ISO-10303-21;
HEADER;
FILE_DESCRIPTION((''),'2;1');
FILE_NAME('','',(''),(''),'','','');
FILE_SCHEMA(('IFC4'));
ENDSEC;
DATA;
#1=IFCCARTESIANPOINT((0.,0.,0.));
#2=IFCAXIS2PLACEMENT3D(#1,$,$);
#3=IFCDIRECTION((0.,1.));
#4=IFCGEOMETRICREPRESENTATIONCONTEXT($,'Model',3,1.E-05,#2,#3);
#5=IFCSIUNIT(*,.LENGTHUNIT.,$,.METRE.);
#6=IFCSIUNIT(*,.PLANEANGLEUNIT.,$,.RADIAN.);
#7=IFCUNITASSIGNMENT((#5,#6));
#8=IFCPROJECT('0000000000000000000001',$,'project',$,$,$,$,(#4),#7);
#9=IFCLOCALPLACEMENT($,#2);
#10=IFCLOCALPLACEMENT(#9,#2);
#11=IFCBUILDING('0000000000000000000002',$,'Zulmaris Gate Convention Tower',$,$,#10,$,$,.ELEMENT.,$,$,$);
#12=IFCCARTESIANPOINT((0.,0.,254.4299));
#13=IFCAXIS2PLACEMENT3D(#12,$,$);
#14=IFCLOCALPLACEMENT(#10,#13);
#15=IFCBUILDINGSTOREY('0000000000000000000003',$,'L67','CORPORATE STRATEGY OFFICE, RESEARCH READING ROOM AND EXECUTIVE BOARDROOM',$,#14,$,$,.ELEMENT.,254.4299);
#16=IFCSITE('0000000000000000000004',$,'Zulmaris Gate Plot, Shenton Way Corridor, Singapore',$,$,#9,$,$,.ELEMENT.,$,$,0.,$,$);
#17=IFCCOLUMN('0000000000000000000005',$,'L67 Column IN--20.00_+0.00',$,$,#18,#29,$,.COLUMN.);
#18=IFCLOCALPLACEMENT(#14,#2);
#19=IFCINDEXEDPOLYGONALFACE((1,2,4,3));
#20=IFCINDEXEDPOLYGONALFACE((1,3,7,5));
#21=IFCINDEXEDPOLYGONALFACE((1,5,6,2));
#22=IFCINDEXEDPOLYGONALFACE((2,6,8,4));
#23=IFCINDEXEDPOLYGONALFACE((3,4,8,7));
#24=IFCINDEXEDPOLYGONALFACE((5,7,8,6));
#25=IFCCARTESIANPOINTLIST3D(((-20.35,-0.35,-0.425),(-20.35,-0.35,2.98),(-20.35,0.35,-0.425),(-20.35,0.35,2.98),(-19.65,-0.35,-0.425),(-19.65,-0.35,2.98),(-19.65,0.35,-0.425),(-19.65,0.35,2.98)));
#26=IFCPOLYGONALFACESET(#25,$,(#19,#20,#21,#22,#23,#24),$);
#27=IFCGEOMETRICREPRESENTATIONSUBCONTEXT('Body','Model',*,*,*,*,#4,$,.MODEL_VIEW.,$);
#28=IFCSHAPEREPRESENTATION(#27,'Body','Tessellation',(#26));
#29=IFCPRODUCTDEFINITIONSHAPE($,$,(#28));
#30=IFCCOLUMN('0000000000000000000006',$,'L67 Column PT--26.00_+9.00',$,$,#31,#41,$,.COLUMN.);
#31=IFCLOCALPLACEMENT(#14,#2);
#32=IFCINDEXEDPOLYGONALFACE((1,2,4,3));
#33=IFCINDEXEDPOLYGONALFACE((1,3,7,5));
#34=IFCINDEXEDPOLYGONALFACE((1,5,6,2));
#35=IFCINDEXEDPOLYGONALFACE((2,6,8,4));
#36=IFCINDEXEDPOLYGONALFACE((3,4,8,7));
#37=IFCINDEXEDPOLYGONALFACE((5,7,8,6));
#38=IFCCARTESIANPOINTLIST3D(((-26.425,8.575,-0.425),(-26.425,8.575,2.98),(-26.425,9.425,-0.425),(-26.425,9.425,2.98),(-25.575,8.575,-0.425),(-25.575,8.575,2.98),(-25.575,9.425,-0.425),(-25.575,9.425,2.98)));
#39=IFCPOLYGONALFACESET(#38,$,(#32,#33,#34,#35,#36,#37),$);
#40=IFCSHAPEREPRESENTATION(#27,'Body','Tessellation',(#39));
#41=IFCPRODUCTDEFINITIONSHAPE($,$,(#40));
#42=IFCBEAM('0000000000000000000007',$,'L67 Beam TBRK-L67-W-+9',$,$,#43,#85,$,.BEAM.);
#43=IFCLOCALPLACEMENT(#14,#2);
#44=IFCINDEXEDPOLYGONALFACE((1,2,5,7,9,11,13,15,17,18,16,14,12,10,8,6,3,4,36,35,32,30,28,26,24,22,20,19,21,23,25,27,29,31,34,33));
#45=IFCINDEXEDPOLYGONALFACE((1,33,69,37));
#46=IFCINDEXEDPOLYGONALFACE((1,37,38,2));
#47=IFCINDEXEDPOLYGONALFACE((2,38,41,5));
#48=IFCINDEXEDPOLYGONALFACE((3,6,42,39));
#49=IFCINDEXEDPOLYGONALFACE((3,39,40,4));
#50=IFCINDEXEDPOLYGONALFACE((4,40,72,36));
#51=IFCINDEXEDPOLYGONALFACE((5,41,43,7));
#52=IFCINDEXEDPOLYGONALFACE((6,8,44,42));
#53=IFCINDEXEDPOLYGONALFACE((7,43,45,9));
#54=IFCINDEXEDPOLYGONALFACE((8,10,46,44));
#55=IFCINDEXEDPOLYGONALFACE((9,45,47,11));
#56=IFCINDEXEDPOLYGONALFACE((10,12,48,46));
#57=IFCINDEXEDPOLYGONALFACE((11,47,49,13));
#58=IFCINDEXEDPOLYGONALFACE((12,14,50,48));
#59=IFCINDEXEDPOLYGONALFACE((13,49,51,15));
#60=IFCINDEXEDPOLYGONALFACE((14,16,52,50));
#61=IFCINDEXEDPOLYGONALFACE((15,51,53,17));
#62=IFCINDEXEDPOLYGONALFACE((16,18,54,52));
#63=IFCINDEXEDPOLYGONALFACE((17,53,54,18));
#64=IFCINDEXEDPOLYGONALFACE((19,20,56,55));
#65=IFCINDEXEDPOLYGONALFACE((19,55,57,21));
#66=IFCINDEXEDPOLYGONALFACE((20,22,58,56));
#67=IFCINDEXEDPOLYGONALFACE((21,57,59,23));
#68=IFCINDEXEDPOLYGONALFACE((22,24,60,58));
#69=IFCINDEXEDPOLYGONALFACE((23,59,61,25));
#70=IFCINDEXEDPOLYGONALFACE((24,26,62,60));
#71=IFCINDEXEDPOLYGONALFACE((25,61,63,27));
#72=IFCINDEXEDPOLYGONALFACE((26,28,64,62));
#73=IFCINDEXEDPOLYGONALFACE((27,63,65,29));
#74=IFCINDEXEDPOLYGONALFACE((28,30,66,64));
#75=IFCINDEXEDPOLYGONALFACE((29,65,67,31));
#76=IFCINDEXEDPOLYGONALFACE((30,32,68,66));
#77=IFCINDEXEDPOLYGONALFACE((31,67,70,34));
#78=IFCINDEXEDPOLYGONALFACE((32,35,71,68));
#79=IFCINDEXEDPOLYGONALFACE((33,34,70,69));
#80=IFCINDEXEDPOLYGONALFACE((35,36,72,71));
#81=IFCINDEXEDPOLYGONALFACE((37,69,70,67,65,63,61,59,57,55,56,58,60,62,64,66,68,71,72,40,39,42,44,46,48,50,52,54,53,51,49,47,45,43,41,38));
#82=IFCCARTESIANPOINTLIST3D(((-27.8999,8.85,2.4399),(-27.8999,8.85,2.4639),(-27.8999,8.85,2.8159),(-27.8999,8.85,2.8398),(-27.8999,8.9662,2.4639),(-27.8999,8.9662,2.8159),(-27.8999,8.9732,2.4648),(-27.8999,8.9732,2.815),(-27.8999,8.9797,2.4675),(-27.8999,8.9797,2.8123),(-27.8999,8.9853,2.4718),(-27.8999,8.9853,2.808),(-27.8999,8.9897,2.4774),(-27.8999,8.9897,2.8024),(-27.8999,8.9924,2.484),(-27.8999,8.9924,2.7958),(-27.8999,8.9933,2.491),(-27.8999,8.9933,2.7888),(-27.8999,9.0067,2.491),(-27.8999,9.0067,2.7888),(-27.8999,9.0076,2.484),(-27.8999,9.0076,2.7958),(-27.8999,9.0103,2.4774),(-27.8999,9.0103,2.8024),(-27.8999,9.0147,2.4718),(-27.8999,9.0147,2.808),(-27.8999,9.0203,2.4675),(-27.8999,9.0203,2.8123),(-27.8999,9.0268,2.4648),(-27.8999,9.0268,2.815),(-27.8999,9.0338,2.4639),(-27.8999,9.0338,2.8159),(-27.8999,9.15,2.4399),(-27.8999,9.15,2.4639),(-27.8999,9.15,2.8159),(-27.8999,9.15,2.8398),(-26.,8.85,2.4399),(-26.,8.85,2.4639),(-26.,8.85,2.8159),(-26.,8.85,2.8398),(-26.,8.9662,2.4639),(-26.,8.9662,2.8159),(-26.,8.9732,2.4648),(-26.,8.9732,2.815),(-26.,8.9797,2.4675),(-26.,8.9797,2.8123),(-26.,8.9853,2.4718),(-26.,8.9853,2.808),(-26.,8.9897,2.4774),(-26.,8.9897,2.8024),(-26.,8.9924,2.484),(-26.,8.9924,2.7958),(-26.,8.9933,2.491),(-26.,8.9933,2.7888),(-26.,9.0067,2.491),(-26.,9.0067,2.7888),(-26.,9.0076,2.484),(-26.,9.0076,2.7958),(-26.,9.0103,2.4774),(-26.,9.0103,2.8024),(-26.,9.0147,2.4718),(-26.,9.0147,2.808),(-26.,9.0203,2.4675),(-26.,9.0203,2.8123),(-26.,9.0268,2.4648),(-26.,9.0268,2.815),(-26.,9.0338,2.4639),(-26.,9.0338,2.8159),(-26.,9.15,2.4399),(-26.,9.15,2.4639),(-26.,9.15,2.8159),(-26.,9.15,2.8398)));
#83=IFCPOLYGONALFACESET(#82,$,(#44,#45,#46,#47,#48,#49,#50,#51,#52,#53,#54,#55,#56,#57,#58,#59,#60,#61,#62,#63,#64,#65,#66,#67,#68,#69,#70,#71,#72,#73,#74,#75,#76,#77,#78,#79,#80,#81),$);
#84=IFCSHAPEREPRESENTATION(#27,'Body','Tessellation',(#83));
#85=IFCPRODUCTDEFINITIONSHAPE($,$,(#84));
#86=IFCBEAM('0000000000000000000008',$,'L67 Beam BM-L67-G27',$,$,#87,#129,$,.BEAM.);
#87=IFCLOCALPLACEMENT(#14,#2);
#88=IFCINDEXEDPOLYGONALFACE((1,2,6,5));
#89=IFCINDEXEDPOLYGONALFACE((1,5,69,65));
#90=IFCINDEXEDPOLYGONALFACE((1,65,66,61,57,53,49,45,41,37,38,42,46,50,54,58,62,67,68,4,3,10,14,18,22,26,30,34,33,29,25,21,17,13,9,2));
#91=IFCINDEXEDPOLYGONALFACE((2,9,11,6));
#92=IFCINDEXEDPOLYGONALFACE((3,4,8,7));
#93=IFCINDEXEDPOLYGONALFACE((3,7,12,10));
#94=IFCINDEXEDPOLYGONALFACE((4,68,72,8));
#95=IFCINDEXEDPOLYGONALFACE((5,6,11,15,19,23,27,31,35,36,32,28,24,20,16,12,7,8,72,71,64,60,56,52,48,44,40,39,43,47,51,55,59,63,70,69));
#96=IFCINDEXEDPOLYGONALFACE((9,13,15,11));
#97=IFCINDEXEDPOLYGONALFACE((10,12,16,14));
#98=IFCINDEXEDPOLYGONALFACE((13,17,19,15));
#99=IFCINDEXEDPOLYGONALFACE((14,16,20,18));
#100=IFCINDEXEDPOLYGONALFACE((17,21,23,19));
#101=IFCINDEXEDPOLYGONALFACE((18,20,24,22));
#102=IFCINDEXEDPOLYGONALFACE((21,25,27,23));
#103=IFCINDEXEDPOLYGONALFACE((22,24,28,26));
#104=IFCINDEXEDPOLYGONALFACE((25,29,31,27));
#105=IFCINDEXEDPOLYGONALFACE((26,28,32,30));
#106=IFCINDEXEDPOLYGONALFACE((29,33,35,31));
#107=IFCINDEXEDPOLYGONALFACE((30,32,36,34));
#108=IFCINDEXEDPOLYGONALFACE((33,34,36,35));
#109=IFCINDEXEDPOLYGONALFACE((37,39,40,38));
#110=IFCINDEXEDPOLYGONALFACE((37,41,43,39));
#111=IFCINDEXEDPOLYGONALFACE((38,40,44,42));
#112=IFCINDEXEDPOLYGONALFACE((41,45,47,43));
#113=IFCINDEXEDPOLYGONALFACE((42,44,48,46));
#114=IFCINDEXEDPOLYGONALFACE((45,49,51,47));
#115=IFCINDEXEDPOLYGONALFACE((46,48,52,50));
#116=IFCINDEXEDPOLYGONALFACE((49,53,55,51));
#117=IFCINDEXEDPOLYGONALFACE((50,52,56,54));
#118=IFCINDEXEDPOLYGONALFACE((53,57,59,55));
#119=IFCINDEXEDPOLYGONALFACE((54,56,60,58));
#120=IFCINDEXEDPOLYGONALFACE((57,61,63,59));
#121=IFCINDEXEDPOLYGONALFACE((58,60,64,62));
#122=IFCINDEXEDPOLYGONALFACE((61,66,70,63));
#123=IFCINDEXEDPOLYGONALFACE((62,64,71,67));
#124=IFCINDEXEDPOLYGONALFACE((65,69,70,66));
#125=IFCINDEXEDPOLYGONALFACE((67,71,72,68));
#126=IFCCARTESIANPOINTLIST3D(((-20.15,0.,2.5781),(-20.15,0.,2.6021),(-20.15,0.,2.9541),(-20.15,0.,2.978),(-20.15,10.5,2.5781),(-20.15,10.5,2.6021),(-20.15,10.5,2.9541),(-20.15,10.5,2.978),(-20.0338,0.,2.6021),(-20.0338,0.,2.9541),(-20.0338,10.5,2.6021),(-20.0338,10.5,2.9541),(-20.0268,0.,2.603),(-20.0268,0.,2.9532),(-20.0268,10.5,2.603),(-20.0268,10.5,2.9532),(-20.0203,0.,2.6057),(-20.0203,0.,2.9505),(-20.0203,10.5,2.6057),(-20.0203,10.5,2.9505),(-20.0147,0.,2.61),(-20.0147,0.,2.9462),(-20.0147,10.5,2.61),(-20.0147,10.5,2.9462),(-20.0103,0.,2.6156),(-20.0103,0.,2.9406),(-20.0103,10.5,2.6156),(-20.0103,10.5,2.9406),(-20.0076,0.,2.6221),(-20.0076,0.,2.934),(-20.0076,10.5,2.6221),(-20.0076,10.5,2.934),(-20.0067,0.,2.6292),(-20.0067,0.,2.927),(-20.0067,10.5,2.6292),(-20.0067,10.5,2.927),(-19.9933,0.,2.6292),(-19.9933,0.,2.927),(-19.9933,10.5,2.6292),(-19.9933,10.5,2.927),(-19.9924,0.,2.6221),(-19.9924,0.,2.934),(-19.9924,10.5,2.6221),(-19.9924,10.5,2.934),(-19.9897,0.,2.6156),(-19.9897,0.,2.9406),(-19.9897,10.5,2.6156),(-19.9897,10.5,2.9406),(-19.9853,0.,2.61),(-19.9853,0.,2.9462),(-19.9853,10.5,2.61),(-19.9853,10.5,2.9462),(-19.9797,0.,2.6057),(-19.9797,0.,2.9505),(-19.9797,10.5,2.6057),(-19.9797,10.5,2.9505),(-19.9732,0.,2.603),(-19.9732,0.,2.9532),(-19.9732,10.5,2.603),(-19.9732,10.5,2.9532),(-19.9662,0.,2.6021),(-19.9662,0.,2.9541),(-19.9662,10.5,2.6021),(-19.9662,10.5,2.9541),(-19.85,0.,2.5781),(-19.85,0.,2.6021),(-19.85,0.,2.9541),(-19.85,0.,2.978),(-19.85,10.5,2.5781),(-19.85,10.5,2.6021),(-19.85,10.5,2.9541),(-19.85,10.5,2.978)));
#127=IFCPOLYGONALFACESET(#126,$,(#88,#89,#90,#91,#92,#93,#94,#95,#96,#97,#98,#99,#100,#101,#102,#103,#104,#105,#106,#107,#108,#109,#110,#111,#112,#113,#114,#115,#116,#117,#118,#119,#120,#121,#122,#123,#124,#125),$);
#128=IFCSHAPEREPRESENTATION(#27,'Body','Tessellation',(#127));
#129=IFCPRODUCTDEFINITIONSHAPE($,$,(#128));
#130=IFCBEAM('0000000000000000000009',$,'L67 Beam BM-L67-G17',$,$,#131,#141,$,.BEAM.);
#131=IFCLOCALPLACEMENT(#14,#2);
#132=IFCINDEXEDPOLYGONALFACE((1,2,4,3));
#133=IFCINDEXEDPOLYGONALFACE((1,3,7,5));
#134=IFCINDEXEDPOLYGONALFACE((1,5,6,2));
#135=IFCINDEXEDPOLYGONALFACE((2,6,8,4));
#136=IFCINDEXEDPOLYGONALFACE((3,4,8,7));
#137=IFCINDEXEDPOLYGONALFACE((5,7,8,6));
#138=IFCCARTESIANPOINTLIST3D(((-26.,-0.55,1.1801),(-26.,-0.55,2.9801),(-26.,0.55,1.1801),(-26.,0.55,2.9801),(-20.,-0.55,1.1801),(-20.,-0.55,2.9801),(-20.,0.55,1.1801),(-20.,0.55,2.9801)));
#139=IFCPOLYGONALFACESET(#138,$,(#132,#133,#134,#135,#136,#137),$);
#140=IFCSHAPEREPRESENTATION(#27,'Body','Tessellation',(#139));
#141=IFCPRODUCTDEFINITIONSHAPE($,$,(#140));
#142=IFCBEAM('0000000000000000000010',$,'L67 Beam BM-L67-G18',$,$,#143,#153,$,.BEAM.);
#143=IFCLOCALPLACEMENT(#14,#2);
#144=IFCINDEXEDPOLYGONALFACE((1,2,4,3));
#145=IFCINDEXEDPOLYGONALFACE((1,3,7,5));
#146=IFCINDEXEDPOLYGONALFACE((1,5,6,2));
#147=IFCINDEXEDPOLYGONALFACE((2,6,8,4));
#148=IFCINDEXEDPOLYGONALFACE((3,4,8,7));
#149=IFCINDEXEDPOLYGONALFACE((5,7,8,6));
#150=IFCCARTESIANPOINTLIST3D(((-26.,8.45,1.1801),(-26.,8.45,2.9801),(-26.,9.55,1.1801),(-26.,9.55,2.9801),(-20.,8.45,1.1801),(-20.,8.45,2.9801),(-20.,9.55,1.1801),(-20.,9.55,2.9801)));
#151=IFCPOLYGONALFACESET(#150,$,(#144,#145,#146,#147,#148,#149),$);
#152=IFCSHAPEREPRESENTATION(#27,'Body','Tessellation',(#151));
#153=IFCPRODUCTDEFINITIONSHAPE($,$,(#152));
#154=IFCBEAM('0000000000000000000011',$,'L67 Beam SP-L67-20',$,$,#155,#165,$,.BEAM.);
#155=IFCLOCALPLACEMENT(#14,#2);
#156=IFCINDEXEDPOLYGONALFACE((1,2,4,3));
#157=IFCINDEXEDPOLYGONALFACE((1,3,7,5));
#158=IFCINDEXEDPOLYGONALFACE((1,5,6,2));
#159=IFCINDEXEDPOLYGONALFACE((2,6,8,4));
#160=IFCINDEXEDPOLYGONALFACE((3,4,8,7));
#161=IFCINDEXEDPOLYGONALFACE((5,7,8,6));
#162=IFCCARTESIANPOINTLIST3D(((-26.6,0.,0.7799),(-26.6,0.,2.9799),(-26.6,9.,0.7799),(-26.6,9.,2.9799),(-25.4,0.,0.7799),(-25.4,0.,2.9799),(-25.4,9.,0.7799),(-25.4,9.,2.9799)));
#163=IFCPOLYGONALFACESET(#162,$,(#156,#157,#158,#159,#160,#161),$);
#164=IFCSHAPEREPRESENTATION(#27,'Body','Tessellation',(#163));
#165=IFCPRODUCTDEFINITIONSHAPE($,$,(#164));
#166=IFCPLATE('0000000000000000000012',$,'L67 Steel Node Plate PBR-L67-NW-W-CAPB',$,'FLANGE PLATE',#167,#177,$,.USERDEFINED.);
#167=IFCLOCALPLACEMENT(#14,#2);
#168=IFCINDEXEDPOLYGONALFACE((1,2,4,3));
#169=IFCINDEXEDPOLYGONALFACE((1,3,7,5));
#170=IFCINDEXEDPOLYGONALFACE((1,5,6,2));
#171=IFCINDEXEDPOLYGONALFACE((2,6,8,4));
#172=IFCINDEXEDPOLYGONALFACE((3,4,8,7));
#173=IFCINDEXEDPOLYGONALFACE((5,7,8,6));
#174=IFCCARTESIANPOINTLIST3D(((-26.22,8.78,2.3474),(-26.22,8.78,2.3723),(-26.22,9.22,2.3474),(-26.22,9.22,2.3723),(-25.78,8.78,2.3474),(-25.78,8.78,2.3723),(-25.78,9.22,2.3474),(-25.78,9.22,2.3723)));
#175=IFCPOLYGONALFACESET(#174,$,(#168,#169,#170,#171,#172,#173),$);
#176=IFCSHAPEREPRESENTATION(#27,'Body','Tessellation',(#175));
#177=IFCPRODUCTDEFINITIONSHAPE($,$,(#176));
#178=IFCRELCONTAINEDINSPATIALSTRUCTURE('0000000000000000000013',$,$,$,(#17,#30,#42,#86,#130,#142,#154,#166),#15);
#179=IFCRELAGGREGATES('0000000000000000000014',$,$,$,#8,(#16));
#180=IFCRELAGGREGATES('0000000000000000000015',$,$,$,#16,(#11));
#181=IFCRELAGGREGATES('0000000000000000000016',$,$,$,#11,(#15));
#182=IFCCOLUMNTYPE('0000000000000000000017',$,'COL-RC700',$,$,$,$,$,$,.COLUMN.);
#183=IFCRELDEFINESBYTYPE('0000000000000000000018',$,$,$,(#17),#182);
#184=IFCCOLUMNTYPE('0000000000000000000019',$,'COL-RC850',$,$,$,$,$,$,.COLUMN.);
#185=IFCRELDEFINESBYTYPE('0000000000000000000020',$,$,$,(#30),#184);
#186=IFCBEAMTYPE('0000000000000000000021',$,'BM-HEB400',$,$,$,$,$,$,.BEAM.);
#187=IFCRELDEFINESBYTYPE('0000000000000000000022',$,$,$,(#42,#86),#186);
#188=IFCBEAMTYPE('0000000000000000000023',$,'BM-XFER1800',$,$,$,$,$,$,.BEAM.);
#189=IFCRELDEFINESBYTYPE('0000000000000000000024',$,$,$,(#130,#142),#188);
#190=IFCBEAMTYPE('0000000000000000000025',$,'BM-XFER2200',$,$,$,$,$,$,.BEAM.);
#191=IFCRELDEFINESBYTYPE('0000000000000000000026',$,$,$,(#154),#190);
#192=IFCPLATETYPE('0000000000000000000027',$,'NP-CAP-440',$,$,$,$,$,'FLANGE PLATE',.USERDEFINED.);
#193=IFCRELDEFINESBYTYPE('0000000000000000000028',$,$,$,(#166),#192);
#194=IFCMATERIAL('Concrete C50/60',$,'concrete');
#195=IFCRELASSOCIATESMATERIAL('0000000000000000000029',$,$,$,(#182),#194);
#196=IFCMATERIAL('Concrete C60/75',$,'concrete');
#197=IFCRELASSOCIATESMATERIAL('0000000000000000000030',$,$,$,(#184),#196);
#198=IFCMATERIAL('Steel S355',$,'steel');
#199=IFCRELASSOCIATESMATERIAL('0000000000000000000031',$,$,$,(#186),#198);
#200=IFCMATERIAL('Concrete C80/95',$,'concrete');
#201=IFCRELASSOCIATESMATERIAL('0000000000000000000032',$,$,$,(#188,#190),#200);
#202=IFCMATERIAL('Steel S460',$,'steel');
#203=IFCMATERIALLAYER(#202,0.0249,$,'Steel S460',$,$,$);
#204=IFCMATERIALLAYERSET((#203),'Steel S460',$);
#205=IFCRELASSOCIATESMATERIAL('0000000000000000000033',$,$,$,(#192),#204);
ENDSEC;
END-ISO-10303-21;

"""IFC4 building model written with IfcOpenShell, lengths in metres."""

from ifc_helpers import new_model, si_unit, direction, frame, origin, origin_2d, place, context, subcontext, project, spatial, rectangle, i_section, extrude, material, layer, layer_set, material_profile, profile_set, type_object, element, save


model = new_model("IFC4")

# Units and contexts
model_context = context("Model", 3, precision=1e-05, world=origin(), true_north=direction((0.0, 1.0)))
body_context = subcontext(model_context, "Body", "Model", "MODEL_VIEW")
ifc_project = project(units=[si_unit("LENGTHUNIT", "METRE"), si_unit("PLANEANGLEUNIT", "RADIAN")], contexts=[model_context])

# Site, building, storey
site_placement = place(None, origin())
site = spatial("IfcSite", under=ifc_project, at=site_placement, Name="Zulmaris Gate Plot, Shenton Way Corridor, Singapore", CompositionType="ELEMENT", RefElevation=0.0)
building_placement = place(site_placement, origin())
building = spatial("IfcBuilding", under=site, at=building_placement, Name="Zulmaris Gate Convention Tower", CompositionType="ELEMENT")
storey_placement = place(building_placement, frame((0.0, 0.0, 254.4299)))
storey = spatial("IfcBuildingStorey", under=building, at=storey_placement, Name="L67", Description="CORPORATE STRATEGY OFFICE, RESEARCH READING ROOM AND EXECUTIVE BOARDROOM", CompositionType="ELEMENT", Elevation=254.4299)

# Columns
ifc_material_1 = material(Name="Concrete C50/60", Category="concrete")
ifc_material_profile_1 = material_profile(ifc_material_1, rectangle(XDim=0.7, YDim=0.7, at=origin_2d()), Name="RC COL 700x700")
ifc_profile_set_1 = profile_set([ifc_material_profile_1], Name="Concrete C50/60")
column_type_1 = type_object("IfcColumnType", Name="COL-RC700", PredefinedType="COLUMN", material=ifc_profile_set_1)
column_1_placement = place(storey_placement, frame((-20.0, 0.0, -0.425), z_axis=(0.0, 0.0, 1.0), x_axis=(1.0, 0.0, 0.0)))
element("IfcColumn", 1, at=column_1_placement, inside=storey, type_object=column_type_1, Name="L67 Column IN--20.00_+0.00", PredefinedType="COLUMN", context=body_context, shape_type="SweptSolid", body=[
    extrude(rectangle(XDim=0.7, YDim=0.7, at=origin_2d()), origin(), (0.0, 0.0, 1.0), 3.405),
])
ifc_material_2 = material(Name="Concrete C60/75", Category="concrete")
ifc_material_profile_2 = material_profile(ifc_material_2, rectangle(XDim=0.8501, YDim=0.8501, at=origin_2d()), Name="RC COL 850x850")
ifc_profile_set_2 = profile_set([ifc_material_profile_2], Name="Concrete C60/75")
column_type_2 = type_object("IfcColumnType", Name="COL-RC850", PredefinedType="COLUMN", material=ifc_profile_set_2)
column_2_placement = place(storey_placement, frame((-26.0, 9.0, -0.425), z_axis=(0.0, 0.0, 1.0), x_axis=(1.0, 0.0, 0.0)))
element("IfcColumn", 2, at=column_2_placement, inside=storey, type_object=column_type_2, Name="L67 Column PT--26.00_+9.00", PredefinedType="COLUMN", context=body_context, shape_type="SweptSolid", body=[
    extrude(rectangle(XDim=0.8501, YDim=0.8501, at=origin_2d()), origin(), (0.0, 0.0, 1.0), 3.405),
])

# Beams
ifc_material_3 = material(Name="Steel S355", Category="steel")
ifc_material_profile_3 = material_profile(ifc_material_3, i_section(OverallWidth=0.3, OverallDepth=0.3999, WebThickness=0.0134, FlangeThickness=0.0239, FilletRadius=0.0271, at=origin_2d()), Name="HEB 400")
ifc_profile_set_3 = profile_set([ifc_material_profile_3], Name="Steel S355")
beam_type_1 = type_object("IfcBeamType", Name="BM-HEB400", PredefinedType="BEAM", material=ifc_profile_set_3)
beam_1_placement = place(storey_placement, frame((-27.8999, 9.0, 2.6399), z_axis=(1.0, 0.0, 0.0), x_axis=(0.0, 1.0, 0.0)))
element("IfcBeam", 3, at=beam_1_placement, inside=storey, type_object=beam_type_1, Name="L67 Beam TBRK-L67-W-+9", PredefinedType="BEAM", context=body_context, shape_type="SweptSolid", body=[
    extrude(i_section(OverallWidth=0.3, OverallDepth=0.3999, WebThickness=0.0134, FlangeThickness=0.0239, FilletRadius=0.0271, at=origin_2d()), origin(), (0.0, 0.0, 1.0), 1.8999),
])
beam_2_placement = place(storey_placement, frame((-20.0, 0.0, 2.7781), z_axis=(0.0, 1.0, 0.0), x_axis=(-1.0, 0.0, 0.0)))
element("IfcBeam", 4, at=beam_2_placement, inside=storey, type_object=beam_type_1, Name="L67 Beam BM-L67-G27", PredefinedType="BEAM", context=body_context, shape_type="SweptSolid", body=[
    extrude(i_section(OverallWidth=0.3, OverallDepth=0.3999, WebThickness=0.0134, FlangeThickness=0.0239, FilletRadius=0.0271, at=origin_2d()), origin(), (0.0, 0.0, 1.0), 10.5),
])
ifc_material_4 = material(Name="Concrete C80/95", Category="concrete")
ifc_material_profile_4 = material_profile(ifc_material_4, rectangle(XDim=1.1001, YDim=1.8, at=origin_2d()), Name="RC TRANSFER 1100x1800")
ifc_profile_set_4 = profile_set([ifc_material_profile_4], Name="Concrete C80/95")
beam_type_2 = type_object("IfcBeamType", Name="BM-XFER1800", PredefinedType="BEAM", material=ifc_profile_set_4)
for number, where, z_axis, x_axis, name in (
    (5, (-26.0, 0.0, 2.0801), (1.0, 0.0, 0.0), (0.0, 1.0, 0.0), "L67 Beam BM-L67-G17"),
    (6, (-26.0, 9.0, 2.0801), (1.0, 0.0, 0.0), (0.0, 1.0, 0.0), "L67 Beam BM-L67-G18"),
):
    element("IfcBeam", number, at=place(storey_placement, frame(where, z_axis=z_axis, x_axis=x_axis)), inside=storey, type_object=beam_type_2, Name=name, PredefinedType="BEAM", context=body_context, shape_type="SweptSolid", body=[
        extrude(rectangle(XDim=1.1001, YDim=1.8, at=origin_2d()), origin(), (0.0, 0.0, 1.0), 6.0),
    ])
ifc_material_profile_5 = material_profile(ifc_material_4, rectangle(XDim=1.2, YDim=2.2, at=origin_2d()), Name="RC TRANSFER 1200x2200")
ifc_profile_set_5 = profile_set([ifc_material_profile_5], Name="Concrete C80/95")
beam_type_3 = type_object("IfcBeamType", Name="BM-XFER2200", PredefinedType="BEAM", material=ifc_profile_set_5)
beam_3_placement = place(storey_placement, frame((-26.0, 9.0, 1.8799), z_axis=(0.0, -1.0, 0.0), x_axis=(1.0, 0.0, 0.0)))
element("IfcBeam", 7, at=beam_3_placement, inside=storey, type_object=beam_type_3, Name="L67 Beam SP-L67-20", PredefinedType="BEAM", context=body_context, shape_type="SweptSolid", body=[
    extrude(rectangle(XDim=1.2, YDim=2.2, at=origin_2d()), origin(), (0.0, 0.0, 1.0), 9.0),
])

# Plate
ifc_material_5 = material(Name="Steel S460", Category="steel")
ifc_layer_1 = layer(ifc_material_5, 0.0249, Name="Steel S460")
ifc_layer_set_1 = layer_set([ifc_layer_1], Name="Steel S460")
plate_type = type_object("IfcPlateType", Name="NP-CAP-440", ElementType="FLANGE PLATE", PredefinedType="USERDEFINED", material=ifc_layer_set_1)
plate_placement = place(storey_placement, frame((-26.0, 9.0, 2.3474), z_axis=(0.0, 0.0, 1.0), x_axis=(1.0, 0.0, 0.0)))
element("IfcPlate", 8, at=plate_placement, inside=storey, type_object=plate_type, Name="L67 Steel Node Plate PBR-L67-NW-W-CAPB", ObjectType="FLANGE PLATE", PredefinedType="USERDEFINED", context=body_context, shape_type="SweptSolid", body=[
    extrude(rectangle(XDim=0.4399, YDim=0.4399, at=origin_2d()), origin(), (0.0, 0.0, 1.0), 0.0249),
])

save(model, "model.ifc")
